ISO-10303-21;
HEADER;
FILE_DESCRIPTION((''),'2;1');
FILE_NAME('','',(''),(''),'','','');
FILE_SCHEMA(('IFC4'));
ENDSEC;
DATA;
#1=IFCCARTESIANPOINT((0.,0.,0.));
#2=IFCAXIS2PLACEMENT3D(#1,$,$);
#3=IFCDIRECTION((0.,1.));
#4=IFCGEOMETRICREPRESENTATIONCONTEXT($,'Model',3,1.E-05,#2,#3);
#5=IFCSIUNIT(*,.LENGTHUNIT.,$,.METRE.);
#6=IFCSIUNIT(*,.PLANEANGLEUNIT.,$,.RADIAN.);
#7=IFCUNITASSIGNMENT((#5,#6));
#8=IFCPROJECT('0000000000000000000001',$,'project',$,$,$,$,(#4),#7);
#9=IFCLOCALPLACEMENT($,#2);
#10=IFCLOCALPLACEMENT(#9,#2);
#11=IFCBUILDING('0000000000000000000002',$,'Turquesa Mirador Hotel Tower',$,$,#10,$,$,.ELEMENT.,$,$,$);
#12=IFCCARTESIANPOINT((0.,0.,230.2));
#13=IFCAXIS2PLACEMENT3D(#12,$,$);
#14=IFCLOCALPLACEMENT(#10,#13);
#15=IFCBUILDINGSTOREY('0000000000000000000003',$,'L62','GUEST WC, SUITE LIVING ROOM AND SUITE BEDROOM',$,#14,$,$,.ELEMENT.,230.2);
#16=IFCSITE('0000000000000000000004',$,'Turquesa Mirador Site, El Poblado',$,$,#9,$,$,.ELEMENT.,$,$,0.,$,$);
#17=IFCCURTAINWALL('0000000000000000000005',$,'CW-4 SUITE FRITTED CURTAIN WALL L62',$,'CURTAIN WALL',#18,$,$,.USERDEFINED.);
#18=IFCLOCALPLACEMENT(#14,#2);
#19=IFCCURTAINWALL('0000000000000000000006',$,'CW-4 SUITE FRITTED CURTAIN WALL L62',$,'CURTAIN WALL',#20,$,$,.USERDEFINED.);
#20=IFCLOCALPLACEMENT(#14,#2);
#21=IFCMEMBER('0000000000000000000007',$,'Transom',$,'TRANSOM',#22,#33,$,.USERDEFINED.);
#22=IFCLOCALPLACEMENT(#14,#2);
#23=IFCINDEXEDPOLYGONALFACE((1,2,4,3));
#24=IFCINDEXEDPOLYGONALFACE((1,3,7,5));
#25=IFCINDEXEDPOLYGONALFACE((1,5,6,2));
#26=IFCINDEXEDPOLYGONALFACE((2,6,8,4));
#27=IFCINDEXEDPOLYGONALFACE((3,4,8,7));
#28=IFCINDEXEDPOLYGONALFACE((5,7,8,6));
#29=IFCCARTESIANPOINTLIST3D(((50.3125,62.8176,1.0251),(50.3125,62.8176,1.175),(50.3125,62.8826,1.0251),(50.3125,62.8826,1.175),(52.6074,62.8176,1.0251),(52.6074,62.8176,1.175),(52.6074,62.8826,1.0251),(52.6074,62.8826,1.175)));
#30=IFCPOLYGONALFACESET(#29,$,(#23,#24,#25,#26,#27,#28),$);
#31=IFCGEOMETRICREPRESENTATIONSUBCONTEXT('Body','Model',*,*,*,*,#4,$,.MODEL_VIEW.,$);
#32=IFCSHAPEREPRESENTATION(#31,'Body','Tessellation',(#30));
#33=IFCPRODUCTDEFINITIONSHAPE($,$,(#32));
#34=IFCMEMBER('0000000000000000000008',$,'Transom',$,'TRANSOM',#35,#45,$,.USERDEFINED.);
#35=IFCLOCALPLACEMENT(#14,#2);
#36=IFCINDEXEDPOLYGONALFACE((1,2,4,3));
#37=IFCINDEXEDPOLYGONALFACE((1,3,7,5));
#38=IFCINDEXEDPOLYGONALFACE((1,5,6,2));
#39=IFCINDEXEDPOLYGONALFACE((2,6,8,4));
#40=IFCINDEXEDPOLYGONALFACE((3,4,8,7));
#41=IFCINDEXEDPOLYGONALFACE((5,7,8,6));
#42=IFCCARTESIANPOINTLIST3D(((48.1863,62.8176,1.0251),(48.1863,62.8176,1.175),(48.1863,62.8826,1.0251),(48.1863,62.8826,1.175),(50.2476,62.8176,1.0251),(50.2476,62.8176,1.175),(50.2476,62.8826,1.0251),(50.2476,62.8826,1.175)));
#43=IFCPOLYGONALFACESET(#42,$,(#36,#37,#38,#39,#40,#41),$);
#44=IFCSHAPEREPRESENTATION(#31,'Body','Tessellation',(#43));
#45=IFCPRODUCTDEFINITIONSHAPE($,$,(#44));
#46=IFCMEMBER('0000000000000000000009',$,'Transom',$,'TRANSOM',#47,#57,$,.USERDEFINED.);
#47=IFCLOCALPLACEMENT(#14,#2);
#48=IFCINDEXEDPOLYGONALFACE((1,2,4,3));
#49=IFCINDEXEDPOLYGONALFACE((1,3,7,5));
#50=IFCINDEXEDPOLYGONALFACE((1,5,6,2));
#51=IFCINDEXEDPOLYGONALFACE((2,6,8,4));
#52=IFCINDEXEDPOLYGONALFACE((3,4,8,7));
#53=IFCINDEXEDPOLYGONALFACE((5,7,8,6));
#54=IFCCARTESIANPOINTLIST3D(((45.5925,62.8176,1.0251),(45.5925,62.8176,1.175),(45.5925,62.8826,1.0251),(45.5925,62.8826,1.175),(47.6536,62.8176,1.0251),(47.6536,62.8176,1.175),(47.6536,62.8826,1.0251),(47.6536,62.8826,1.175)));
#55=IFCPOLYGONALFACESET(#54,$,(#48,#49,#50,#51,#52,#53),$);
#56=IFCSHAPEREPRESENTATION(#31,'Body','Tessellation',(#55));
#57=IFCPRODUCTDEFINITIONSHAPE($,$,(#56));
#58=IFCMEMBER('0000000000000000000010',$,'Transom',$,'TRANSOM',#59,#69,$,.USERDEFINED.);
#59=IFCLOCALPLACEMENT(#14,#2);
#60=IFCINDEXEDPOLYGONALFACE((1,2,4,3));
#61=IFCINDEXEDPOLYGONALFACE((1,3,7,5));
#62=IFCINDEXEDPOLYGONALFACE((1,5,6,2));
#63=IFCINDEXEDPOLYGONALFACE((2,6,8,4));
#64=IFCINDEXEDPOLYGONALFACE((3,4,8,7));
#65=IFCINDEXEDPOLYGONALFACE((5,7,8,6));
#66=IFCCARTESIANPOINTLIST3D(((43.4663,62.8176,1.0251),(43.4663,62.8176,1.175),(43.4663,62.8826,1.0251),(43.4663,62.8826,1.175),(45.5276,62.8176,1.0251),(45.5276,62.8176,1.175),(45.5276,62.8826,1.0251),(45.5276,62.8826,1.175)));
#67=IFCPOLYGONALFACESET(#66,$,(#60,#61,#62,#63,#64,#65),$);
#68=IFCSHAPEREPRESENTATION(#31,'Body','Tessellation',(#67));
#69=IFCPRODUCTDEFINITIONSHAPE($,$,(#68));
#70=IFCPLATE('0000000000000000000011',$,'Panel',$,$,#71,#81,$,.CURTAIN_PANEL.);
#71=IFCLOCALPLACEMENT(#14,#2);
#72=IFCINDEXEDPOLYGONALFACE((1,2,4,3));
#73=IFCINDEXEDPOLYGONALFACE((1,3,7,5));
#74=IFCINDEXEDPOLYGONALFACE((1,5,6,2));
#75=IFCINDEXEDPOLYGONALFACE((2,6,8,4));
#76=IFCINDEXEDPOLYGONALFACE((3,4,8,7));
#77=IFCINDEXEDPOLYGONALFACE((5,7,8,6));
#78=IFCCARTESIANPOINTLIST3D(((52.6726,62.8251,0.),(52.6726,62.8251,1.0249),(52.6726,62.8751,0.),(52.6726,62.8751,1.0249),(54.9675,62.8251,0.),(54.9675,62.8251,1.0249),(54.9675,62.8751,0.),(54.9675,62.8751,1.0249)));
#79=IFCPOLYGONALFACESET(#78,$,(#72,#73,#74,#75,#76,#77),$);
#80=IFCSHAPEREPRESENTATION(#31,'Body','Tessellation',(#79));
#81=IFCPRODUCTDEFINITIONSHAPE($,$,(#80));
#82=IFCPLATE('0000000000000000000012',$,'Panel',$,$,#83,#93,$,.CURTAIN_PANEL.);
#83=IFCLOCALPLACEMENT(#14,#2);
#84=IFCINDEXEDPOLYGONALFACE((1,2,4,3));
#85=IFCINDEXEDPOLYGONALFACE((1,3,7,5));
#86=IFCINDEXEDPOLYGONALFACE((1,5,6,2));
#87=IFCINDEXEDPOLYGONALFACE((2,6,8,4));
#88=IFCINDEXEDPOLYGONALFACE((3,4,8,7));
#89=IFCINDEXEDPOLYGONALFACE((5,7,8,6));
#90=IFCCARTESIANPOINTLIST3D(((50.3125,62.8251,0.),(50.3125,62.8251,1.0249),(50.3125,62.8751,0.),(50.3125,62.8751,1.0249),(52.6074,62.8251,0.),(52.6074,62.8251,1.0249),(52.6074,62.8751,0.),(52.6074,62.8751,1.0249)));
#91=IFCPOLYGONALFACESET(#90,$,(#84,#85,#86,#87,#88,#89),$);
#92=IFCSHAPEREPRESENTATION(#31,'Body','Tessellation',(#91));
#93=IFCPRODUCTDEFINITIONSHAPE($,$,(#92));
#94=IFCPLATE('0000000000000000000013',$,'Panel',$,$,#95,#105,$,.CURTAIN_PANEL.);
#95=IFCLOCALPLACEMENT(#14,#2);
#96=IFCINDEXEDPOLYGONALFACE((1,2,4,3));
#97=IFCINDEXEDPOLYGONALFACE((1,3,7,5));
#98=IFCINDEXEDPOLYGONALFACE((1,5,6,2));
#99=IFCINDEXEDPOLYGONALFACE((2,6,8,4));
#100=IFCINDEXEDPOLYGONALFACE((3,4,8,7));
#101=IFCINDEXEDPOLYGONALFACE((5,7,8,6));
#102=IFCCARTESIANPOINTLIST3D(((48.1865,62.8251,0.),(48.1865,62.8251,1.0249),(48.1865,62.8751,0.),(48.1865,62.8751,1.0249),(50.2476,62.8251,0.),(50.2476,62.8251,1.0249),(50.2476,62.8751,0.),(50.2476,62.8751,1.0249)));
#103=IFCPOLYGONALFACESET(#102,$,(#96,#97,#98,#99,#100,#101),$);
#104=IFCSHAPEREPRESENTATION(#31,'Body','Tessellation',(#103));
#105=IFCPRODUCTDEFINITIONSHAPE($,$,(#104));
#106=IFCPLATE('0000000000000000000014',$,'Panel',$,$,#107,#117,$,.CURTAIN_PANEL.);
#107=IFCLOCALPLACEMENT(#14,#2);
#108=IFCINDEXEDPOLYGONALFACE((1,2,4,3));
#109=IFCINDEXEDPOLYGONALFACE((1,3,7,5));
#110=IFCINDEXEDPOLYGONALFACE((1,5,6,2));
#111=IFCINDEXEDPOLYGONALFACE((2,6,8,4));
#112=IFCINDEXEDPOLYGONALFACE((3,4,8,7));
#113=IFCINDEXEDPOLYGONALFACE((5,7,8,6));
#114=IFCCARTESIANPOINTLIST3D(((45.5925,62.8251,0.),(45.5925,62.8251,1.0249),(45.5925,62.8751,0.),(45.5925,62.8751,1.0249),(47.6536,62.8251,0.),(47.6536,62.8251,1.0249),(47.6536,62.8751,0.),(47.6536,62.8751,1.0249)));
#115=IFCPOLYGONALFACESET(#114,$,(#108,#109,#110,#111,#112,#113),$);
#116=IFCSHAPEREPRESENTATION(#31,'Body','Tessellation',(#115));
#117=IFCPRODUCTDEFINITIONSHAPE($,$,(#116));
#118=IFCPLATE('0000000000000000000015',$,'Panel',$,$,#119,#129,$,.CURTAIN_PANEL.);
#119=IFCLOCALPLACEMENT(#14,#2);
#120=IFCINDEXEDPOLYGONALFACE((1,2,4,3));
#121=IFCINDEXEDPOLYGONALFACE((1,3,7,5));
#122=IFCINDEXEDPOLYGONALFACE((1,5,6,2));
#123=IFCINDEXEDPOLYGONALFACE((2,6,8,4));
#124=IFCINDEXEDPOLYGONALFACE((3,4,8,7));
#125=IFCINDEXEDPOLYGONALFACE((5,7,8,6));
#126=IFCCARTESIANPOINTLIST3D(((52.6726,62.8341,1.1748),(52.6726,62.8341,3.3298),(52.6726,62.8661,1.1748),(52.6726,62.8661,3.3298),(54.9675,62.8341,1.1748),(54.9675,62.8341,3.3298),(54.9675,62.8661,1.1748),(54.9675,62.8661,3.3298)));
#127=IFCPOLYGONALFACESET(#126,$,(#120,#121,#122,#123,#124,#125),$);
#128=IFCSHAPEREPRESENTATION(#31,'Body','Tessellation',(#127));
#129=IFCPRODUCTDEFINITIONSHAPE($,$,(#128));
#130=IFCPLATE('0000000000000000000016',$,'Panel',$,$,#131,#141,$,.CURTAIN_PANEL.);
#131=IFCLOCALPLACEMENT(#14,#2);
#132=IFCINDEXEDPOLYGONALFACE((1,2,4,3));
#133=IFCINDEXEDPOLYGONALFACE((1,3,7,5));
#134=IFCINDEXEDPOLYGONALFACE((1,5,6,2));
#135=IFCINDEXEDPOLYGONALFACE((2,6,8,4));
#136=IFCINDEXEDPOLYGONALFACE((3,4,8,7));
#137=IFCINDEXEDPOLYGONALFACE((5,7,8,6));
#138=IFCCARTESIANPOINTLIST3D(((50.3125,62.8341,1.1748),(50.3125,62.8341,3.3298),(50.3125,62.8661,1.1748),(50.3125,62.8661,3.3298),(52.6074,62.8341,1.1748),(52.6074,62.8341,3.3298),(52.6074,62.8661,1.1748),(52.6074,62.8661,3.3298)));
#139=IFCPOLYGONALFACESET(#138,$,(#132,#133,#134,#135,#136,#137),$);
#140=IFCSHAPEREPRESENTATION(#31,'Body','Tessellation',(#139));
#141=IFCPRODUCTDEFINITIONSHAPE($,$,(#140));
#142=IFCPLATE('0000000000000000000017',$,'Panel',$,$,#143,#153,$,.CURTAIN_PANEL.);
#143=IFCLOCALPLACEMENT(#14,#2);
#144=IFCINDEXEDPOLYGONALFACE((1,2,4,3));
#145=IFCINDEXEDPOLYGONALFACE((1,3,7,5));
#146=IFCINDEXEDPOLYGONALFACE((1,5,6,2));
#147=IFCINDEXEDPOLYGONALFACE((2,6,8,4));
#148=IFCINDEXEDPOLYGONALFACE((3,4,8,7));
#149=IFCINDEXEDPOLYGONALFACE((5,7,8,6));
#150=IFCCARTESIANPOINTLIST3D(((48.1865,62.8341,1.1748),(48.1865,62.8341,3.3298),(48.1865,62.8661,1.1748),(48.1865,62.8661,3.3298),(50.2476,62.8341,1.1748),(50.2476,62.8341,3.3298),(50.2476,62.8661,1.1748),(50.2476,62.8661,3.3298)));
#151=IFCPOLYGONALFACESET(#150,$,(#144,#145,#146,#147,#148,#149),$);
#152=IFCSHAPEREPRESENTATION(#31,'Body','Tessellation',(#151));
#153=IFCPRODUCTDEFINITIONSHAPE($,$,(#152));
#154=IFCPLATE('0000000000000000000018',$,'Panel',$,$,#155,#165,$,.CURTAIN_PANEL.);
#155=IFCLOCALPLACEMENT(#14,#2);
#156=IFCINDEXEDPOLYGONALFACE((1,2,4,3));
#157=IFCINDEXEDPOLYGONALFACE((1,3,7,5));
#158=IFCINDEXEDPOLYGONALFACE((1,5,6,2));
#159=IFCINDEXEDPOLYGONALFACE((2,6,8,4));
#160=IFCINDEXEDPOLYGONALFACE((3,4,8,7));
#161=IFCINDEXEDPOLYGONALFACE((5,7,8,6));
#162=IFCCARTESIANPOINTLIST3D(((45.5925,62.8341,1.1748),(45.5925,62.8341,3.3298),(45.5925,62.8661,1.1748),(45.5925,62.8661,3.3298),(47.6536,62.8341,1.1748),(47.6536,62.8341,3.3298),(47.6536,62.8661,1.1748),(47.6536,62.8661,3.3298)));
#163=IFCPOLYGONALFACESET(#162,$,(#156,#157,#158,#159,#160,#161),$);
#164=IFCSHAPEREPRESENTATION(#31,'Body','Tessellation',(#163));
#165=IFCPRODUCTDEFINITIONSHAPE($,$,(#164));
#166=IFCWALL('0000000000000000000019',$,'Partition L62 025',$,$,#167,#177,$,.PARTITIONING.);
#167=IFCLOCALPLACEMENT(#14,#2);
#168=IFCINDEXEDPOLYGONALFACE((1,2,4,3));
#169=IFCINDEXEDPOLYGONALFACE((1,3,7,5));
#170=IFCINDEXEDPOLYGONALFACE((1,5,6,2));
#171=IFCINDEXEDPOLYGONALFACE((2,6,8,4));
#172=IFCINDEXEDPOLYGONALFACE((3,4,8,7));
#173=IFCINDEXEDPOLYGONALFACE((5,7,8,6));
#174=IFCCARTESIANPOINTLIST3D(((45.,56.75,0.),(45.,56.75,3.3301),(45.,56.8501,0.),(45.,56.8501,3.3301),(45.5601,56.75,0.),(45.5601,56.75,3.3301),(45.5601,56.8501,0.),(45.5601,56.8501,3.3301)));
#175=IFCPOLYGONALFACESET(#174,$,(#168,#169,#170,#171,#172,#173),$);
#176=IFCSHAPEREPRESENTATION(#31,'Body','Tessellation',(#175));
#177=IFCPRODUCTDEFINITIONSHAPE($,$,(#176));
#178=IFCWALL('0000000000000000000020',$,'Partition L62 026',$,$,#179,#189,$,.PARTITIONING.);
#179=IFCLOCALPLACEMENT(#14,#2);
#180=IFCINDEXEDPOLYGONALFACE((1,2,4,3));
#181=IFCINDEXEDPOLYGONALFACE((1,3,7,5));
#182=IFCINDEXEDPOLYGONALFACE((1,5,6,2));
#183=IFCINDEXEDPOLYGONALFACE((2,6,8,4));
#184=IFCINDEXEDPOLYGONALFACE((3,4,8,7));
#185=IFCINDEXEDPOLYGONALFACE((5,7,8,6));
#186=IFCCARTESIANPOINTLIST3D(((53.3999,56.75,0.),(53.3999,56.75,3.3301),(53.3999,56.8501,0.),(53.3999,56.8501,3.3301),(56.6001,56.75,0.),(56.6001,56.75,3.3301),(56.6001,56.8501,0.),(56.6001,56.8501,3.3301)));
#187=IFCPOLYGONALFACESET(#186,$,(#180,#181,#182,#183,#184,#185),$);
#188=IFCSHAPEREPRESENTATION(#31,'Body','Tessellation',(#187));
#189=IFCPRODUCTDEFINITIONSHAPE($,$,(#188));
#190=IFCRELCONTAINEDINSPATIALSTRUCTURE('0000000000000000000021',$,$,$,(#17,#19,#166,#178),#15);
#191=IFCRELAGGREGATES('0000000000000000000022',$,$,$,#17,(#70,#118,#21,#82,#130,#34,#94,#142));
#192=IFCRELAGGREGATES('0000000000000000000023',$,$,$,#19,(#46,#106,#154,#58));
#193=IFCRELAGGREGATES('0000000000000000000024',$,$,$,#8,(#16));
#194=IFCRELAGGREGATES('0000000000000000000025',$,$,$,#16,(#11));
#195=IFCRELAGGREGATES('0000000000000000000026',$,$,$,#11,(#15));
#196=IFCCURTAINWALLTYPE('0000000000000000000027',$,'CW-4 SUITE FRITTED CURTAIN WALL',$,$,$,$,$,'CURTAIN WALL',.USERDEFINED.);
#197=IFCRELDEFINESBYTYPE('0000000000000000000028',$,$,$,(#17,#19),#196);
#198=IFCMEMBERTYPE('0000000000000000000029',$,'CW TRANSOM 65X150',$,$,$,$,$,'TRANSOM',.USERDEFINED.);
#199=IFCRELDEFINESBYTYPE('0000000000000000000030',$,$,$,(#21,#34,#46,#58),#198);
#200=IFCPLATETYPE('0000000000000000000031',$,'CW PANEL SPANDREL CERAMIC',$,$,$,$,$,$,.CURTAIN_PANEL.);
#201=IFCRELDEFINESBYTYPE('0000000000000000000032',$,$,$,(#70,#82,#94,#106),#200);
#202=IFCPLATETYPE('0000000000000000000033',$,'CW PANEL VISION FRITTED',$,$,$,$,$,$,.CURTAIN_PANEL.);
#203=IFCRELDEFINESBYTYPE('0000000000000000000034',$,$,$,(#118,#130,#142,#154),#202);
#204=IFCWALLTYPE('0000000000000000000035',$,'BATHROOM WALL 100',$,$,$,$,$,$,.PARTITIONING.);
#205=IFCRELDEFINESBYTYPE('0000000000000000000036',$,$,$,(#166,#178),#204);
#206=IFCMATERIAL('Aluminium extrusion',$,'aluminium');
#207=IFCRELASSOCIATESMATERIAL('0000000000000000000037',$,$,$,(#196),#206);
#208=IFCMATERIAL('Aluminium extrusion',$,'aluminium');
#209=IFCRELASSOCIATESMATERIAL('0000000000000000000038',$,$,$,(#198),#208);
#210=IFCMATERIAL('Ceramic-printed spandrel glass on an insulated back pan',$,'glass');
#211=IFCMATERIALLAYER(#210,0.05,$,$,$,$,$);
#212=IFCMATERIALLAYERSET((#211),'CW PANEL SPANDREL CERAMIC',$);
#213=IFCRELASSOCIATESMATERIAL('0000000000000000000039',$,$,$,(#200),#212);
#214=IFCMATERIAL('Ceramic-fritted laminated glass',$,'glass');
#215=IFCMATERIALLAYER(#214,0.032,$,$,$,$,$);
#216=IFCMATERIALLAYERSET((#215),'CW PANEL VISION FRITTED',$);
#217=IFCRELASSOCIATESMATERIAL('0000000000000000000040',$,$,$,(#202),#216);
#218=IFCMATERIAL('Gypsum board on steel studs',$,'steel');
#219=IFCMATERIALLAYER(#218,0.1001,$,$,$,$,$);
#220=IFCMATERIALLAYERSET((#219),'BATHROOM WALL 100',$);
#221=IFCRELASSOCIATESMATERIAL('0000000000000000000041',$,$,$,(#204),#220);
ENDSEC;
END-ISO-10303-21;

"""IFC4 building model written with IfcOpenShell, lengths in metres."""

from ifc_helpers import new_model, si_unit, direction, frame, frame_2d, origin, origin_2d, place, context, subcontext, project, spatial, rectangle, extrude, material, layer, layer_set, material_profile, profile_set, type_object, element, aggregate, save


model = new_model("IFC4")

# Units and contexts
model_context = context("Model", 3, precision=1e-05, world=origin(), true_north=direction((0.0, 1.0)))
body_context = subcontext(model_context, "Body", "Model", "MODEL_VIEW")
ifc_project = project(units=[si_unit("LENGTHUNIT", "METRE"), si_unit("PLANEANGLEUNIT", "RADIAN")], contexts=[model_context])

# Site, building, storey
site_placement = place(None, origin())
site = spatial("IfcSite", under=ifc_project, at=site_placement, Name="Turquesa Mirador Site, El Poblado", CompositionType="ELEMENT", RefElevation=0.0)
building_placement = place(site_placement, origin())
building = spatial("IfcBuilding", under=site, at=building_placement, Name="Turquesa Mirador Hotel Tower", CompositionType="ELEMENT")
storey_placement = place(building_placement, frame((0.0, 0.0, 230.2)))
storey = spatial("IfcBuildingStorey", under=building, at=storey_placement, Name="L62", Description="GUEST WC, SUITE LIVING ROOM AND SUITE BEDROOM", CompositionType="ELEMENT", Elevation=230.2)

# Curtain walls
ifc_material_1 = material(Name="Aluminium extrusion", Category="aluminium")
curtain_wall_type = type_object("IfcCurtainWallType", Name="CW-4 SUITE FRITTED CURTAIN WALL", ElementType="CURTAIN WALL", PredefinedType="USERDEFINED", material=ifc_material_1)
curtain_wall_1_placement = place(storey_placement, origin())
curtain_wall_1 = element("IfcCurtainWall", 1, at=curtain_wall_1_placement, inside=storey, type_object=curtain_wall_type, Name="CW-4 SUITE FRITTED CURTAIN WALL L62", ObjectType="CURTAIN WALL", PredefinedType="USERDEFINED")
curtain_wall_2_placement = place(storey_placement, origin())
curtain_wall_2 = element("IfcCurtainWall", 2, at=curtain_wall_2_placement, inside=storey, type_object=curtain_wall_type, Name="CW-4 SUITE FRITTED CURTAIN WALL L62", ObjectType="CURTAIN WALL", PredefinedType="USERDEFINED")

# Members
ifc_material_2 = material(Name="Aluminium extrusion", Category="aluminium")
ifc_material_profile_1 = material_profile(ifc_material_2, rectangle(XDim=0.0649, YDim=0.1499, at=origin_2d()), Name="TRANSOM 65X150")
ifc_profile_set_1 = profile_set([ifc_material_profile_1], Name="Aluminium extrusion")
member_type_1 = type_object("IfcMemberType", Name="CW TRANSOM 65X150", ElementType="TRANSOM", PredefinedType="USERDEFINED", material=ifc_profile_set_1)
member_1_placement = place(storey_placement, frame((52.6074, 62.8501, 1.1001), z_axis=(-1.0, 0.0, 0.0), x_axis=(0.0, -1.0, 0.0)))
member_1 = element("IfcMember", 3, at=member_1_placement, type_object=member_type_1, Name="Transom", ObjectType="TRANSOM", PredefinedType="USERDEFINED", context=body_context, shape_type="SweptSolid", body=[
    extrude(rectangle(XDim=0.0649, YDim=0.1499, at=origin_2d()), origin(), (0.0, 0.0, 1.0), 2.2949),
])
member_2_placement = place(storey_placement, frame((50.2476, 62.8501, 1.1001), z_axis=(-1.0, 0.0, 0.0), x_axis=(0.0, -1.0, 0.0)))
member_2 = element("IfcMember", 4, at=member_2_placement, type_object=member_type_1, Name="Transom", ObjectType="TRANSOM", PredefinedType="USERDEFINED", context=body_context, shape_type="SweptSolid", body=[
    extrude(rectangle(XDim=0.0649, YDim=0.1499, at=origin_2d()), origin(), (0.0, 0.0, 1.0), 2.0613),
])
member_3_placement = place(storey_placement, frame((47.6536, 62.8501, 1.1001), z_axis=(-1.0, 0.0, 0.0), x_axis=(0.0, -1.0, 0.0)))
member_3 = element("IfcMember", 5, at=member_3_placement, type_object=member_type_1, Name="Transom", ObjectType="TRANSOM", PredefinedType="USERDEFINED", context=body_context, shape_type="SweptSolid", body=[
    extrude(rectangle(XDim=0.0649, YDim=0.1499, at=origin_2d()), origin(), (0.0, 0.0, 1.0), 2.061),
])
member_4_placement = place(storey_placement, frame((45.5276, 62.8501, 1.1001), z_axis=(-1.0, 0.0, 0.0), x_axis=(0.0, -1.0, 0.0)))
member_4 = element("IfcMember", 6, at=member_4_placement, type_object=member_type_1, Name="Transom", ObjectType="TRANSOM", PredefinedType="USERDEFINED", context=body_context, shape_type="SweptSolid", body=[
    extrude(rectangle(XDim=0.0649, YDim=0.1499, at=origin_2d()), origin(), (0.0, 0.0, 1.0), 2.0613),
])

# Plates
ifc_material_3 = material(Name="Ceramic-printed spandrel glass on an insulated back pan", Category="glass")
ifc_layer_1 = layer(ifc_material_3, 0.05)
ifc_layer_set_1 = layer_set([ifc_layer_1], Name="CW PANEL SPANDREL CERAMIC")
plate_type_1 = type_object("IfcPlateType", Name="CW PANEL SPANDREL CERAMIC", PredefinedType="CURTAIN_PANEL", material=ifc_layer_set_1)
plate_1_placement = place(storey_placement, frame((53.8201, 62.8501, 0.0), z_axis=(0.0, 0.0, 1.0), x_axis=(-1.0, 0.0, 0.0)))
plate_1 = element("IfcPlate", 7, at=plate_1_placement, type_object=plate_type_1, Name="Panel", PredefinedType="CURTAIN_PANEL", context=body_context, shape_type="SweptSolid", body=[
    extrude(rectangle(XDim=2.2949, YDim=0.05, at=origin_2d()), origin(), (0.0, 0.0, 1.0), 1.0249),
])
plate_2_placement = place(storey_placement, frame((51.46, 62.8501, 0.0), z_axis=(0.0, 0.0, 1.0), x_axis=(-1.0, 0.0, 0.0)))
plate_2 = element("IfcPlate", 8, at=plate_2_placement, type_object=plate_type_1, Name="Panel", PredefinedType="CURTAIN_PANEL", context=body_context, shape_type="SweptSolid", body=[
    extrude(rectangle(XDim=2.2949, YDim=0.05, at=origin_2d()), origin(), (0.0, 0.0, 1.0), 1.0249),
])
plate_3_placement = place(storey_placement, frame((49.217, 62.8501, 0.0), z_axis=(0.0, 0.0, 1.0), x_axis=(-1.0, 0.0, 0.0)))
plate_3 = element("IfcPlate", 9, at=plate_3_placement, type_object=plate_type_1, Name="Panel", PredefinedType="CURTAIN_PANEL", context=body_context, shape_type="SweptSolid", body=[
    extrude(rectangle(XDim=2.061, YDim=0.05, at=origin_2d()), origin(), (0.0, 0.0, 1.0), 1.0249),
])
plate_4_placement = place(storey_placement, frame((46.623, 62.8501, 0.0), z_axis=(0.0, 0.0, 1.0), x_axis=(-1.0, 0.0, 0.0)))
plate_4 = element("IfcPlate", 10, at=plate_4_placement, type_object=plate_type_1, Name="Panel", PredefinedType="CURTAIN_PANEL", context=body_context, shape_type="SweptSolid", body=[
    extrude(rectangle(XDim=2.061, YDim=0.05, at=origin_2d()), origin(), (0.0, 0.0, 1.0), 1.0249),
])
ifc_material_4 = material(Name="Ceramic-fritted laminated glass", Category="glass")
ifc_layer_2 = layer(ifc_material_4, 0.032)
ifc_layer_set_2 = layer_set([ifc_layer_2], Name="CW PANEL VISION FRITTED")
plate_type_2 = type_object("IfcPlateType", Name="CW PANEL VISION FRITTED", PredefinedType="CURTAIN_PANEL", material=ifc_layer_set_2)
plate_5_placement = place(storey_placement, frame((53.8201, 62.8501, 1.1748), z_axis=(0.0, 0.0, 1.0), x_axis=(-1.0, 0.0, 0.0)))
plate_5 = element("IfcPlate", 11, at=plate_5_placement, type_object=plate_type_2, Name="Panel", PredefinedType="CURTAIN_PANEL", context=body_context, shape_type="SweptSolid", body=[
    extrude(rectangle(XDim=2.2949, YDim=0.032, at=origin_2d()), origin(), (0.0, 0.0, 1.0), 2.155),
])
plate_6_placement = place(storey_placement, frame((51.46, 62.8501, 1.1748), z_axis=(0.0, 0.0, 1.0), x_axis=(-1.0, 0.0, 0.0)))
plate_6 = element("IfcPlate", 12, at=plate_6_placement, type_object=plate_type_2, Name="Panel", PredefinedType="CURTAIN_PANEL", context=body_context, shape_type="SweptSolid", body=[
    extrude(rectangle(XDim=2.2949, YDim=0.032, at=origin_2d()), origin(), (0.0, 0.0, 1.0), 2.155),
])
plate_7_placement = place(storey_placement, frame((49.217, 62.8501, 1.1748), z_axis=(0.0, 0.0, 1.0), x_axis=(-1.0, 0.0, 0.0)))
plate_7 = element("IfcPlate", 13, at=plate_7_placement, type_object=plate_type_2, Name="Panel", PredefinedType="CURTAIN_PANEL", context=body_context, shape_type="SweptSolid", body=[
    extrude(rectangle(XDim=2.061, YDim=0.032, at=origin_2d()), origin(), (0.0, 0.0, 1.0), 2.155),
])
aggregate(curtain_wall_1, [plate_1, plate_5, member_1, plate_2, plate_6, member_2, plate_3, plate_7])
plate_8_placement = place(storey_placement, frame((46.623, 62.8501, 1.1748), z_axis=(0.0, 0.0, 1.0), x_axis=(-1.0, 0.0, 0.0)))
plate_8 = element("IfcPlate", 14, at=plate_8_placement, type_object=plate_type_2, Name="Panel", PredefinedType="CURTAIN_PANEL", context=body_context, shape_type="SweptSolid", body=[
    extrude(rectangle(XDim=2.061, YDim=0.032, at=origin_2d()), origin(), (0.0, 0.0, 1.0), 2.155),
])
aggregate(curtain_wall_2, [member_3, plate_4, plate_8, member_4])

# Walls
ifc_material_5 = material(Name="Gypsum board on steel studs", Category="steel")
ifc_layer_3 = layer(ifc_material_5, 0.1001)
ifc_layer_set_3 = layer_set([ifc_layer_3], Name="BATHROOM WALL 100")
wall_type_1 = type_object("IfcWallType", Name="BATHROOM WALL 100", PredefinedType="PARTITIONING", material=ifc_layer_set_3)
wall_1_placement = place(storey_placement, frame((45.0, 56.8, 0.0), z_axis=(0.0, 0.0, 1.0), x_axis=(1.0, 0.0, 0.0)))
element("IfcWall", 15, at=wall_1_placement, inside=storey, type_object=wall_type_1, Name="Partition L62 025", PredefinedType="PARTITIONING", context=body_context, shape_type="SweptSolid", body=[
    extrude(rectangle(XDim=0.5601, YDim=0.1001, at=frame_2d((0.28, 0.0))), origin(), (0.0, 0.0, 1.0), 3.3301),
])
for number, where, z_axis, x_axis, name in (
    (16, (53.3999, 56.8, 0.0), (0.0, 0.0, 1.0), (1.0, 0.0, 0.0), "Partition L62 026"),
):
    element("IfcWall", number, at=place(storey_placement, frame(where, z_axis=z_axis, x_axis=x_axis)), inside=storey, type_object=wall_type_1, Name=name, PredefinedType="PARTITIONING", context=body_context, shape_type="SweptSolid", body=[
        extrude(rectangle(XDim=3.2002, YDim=0.1001, at=frame_2d((1.6001, 0.0))), origin(), (0.0, 0.0, 1.0), 3.3301),
    ])

save(model, "model.ifc")
